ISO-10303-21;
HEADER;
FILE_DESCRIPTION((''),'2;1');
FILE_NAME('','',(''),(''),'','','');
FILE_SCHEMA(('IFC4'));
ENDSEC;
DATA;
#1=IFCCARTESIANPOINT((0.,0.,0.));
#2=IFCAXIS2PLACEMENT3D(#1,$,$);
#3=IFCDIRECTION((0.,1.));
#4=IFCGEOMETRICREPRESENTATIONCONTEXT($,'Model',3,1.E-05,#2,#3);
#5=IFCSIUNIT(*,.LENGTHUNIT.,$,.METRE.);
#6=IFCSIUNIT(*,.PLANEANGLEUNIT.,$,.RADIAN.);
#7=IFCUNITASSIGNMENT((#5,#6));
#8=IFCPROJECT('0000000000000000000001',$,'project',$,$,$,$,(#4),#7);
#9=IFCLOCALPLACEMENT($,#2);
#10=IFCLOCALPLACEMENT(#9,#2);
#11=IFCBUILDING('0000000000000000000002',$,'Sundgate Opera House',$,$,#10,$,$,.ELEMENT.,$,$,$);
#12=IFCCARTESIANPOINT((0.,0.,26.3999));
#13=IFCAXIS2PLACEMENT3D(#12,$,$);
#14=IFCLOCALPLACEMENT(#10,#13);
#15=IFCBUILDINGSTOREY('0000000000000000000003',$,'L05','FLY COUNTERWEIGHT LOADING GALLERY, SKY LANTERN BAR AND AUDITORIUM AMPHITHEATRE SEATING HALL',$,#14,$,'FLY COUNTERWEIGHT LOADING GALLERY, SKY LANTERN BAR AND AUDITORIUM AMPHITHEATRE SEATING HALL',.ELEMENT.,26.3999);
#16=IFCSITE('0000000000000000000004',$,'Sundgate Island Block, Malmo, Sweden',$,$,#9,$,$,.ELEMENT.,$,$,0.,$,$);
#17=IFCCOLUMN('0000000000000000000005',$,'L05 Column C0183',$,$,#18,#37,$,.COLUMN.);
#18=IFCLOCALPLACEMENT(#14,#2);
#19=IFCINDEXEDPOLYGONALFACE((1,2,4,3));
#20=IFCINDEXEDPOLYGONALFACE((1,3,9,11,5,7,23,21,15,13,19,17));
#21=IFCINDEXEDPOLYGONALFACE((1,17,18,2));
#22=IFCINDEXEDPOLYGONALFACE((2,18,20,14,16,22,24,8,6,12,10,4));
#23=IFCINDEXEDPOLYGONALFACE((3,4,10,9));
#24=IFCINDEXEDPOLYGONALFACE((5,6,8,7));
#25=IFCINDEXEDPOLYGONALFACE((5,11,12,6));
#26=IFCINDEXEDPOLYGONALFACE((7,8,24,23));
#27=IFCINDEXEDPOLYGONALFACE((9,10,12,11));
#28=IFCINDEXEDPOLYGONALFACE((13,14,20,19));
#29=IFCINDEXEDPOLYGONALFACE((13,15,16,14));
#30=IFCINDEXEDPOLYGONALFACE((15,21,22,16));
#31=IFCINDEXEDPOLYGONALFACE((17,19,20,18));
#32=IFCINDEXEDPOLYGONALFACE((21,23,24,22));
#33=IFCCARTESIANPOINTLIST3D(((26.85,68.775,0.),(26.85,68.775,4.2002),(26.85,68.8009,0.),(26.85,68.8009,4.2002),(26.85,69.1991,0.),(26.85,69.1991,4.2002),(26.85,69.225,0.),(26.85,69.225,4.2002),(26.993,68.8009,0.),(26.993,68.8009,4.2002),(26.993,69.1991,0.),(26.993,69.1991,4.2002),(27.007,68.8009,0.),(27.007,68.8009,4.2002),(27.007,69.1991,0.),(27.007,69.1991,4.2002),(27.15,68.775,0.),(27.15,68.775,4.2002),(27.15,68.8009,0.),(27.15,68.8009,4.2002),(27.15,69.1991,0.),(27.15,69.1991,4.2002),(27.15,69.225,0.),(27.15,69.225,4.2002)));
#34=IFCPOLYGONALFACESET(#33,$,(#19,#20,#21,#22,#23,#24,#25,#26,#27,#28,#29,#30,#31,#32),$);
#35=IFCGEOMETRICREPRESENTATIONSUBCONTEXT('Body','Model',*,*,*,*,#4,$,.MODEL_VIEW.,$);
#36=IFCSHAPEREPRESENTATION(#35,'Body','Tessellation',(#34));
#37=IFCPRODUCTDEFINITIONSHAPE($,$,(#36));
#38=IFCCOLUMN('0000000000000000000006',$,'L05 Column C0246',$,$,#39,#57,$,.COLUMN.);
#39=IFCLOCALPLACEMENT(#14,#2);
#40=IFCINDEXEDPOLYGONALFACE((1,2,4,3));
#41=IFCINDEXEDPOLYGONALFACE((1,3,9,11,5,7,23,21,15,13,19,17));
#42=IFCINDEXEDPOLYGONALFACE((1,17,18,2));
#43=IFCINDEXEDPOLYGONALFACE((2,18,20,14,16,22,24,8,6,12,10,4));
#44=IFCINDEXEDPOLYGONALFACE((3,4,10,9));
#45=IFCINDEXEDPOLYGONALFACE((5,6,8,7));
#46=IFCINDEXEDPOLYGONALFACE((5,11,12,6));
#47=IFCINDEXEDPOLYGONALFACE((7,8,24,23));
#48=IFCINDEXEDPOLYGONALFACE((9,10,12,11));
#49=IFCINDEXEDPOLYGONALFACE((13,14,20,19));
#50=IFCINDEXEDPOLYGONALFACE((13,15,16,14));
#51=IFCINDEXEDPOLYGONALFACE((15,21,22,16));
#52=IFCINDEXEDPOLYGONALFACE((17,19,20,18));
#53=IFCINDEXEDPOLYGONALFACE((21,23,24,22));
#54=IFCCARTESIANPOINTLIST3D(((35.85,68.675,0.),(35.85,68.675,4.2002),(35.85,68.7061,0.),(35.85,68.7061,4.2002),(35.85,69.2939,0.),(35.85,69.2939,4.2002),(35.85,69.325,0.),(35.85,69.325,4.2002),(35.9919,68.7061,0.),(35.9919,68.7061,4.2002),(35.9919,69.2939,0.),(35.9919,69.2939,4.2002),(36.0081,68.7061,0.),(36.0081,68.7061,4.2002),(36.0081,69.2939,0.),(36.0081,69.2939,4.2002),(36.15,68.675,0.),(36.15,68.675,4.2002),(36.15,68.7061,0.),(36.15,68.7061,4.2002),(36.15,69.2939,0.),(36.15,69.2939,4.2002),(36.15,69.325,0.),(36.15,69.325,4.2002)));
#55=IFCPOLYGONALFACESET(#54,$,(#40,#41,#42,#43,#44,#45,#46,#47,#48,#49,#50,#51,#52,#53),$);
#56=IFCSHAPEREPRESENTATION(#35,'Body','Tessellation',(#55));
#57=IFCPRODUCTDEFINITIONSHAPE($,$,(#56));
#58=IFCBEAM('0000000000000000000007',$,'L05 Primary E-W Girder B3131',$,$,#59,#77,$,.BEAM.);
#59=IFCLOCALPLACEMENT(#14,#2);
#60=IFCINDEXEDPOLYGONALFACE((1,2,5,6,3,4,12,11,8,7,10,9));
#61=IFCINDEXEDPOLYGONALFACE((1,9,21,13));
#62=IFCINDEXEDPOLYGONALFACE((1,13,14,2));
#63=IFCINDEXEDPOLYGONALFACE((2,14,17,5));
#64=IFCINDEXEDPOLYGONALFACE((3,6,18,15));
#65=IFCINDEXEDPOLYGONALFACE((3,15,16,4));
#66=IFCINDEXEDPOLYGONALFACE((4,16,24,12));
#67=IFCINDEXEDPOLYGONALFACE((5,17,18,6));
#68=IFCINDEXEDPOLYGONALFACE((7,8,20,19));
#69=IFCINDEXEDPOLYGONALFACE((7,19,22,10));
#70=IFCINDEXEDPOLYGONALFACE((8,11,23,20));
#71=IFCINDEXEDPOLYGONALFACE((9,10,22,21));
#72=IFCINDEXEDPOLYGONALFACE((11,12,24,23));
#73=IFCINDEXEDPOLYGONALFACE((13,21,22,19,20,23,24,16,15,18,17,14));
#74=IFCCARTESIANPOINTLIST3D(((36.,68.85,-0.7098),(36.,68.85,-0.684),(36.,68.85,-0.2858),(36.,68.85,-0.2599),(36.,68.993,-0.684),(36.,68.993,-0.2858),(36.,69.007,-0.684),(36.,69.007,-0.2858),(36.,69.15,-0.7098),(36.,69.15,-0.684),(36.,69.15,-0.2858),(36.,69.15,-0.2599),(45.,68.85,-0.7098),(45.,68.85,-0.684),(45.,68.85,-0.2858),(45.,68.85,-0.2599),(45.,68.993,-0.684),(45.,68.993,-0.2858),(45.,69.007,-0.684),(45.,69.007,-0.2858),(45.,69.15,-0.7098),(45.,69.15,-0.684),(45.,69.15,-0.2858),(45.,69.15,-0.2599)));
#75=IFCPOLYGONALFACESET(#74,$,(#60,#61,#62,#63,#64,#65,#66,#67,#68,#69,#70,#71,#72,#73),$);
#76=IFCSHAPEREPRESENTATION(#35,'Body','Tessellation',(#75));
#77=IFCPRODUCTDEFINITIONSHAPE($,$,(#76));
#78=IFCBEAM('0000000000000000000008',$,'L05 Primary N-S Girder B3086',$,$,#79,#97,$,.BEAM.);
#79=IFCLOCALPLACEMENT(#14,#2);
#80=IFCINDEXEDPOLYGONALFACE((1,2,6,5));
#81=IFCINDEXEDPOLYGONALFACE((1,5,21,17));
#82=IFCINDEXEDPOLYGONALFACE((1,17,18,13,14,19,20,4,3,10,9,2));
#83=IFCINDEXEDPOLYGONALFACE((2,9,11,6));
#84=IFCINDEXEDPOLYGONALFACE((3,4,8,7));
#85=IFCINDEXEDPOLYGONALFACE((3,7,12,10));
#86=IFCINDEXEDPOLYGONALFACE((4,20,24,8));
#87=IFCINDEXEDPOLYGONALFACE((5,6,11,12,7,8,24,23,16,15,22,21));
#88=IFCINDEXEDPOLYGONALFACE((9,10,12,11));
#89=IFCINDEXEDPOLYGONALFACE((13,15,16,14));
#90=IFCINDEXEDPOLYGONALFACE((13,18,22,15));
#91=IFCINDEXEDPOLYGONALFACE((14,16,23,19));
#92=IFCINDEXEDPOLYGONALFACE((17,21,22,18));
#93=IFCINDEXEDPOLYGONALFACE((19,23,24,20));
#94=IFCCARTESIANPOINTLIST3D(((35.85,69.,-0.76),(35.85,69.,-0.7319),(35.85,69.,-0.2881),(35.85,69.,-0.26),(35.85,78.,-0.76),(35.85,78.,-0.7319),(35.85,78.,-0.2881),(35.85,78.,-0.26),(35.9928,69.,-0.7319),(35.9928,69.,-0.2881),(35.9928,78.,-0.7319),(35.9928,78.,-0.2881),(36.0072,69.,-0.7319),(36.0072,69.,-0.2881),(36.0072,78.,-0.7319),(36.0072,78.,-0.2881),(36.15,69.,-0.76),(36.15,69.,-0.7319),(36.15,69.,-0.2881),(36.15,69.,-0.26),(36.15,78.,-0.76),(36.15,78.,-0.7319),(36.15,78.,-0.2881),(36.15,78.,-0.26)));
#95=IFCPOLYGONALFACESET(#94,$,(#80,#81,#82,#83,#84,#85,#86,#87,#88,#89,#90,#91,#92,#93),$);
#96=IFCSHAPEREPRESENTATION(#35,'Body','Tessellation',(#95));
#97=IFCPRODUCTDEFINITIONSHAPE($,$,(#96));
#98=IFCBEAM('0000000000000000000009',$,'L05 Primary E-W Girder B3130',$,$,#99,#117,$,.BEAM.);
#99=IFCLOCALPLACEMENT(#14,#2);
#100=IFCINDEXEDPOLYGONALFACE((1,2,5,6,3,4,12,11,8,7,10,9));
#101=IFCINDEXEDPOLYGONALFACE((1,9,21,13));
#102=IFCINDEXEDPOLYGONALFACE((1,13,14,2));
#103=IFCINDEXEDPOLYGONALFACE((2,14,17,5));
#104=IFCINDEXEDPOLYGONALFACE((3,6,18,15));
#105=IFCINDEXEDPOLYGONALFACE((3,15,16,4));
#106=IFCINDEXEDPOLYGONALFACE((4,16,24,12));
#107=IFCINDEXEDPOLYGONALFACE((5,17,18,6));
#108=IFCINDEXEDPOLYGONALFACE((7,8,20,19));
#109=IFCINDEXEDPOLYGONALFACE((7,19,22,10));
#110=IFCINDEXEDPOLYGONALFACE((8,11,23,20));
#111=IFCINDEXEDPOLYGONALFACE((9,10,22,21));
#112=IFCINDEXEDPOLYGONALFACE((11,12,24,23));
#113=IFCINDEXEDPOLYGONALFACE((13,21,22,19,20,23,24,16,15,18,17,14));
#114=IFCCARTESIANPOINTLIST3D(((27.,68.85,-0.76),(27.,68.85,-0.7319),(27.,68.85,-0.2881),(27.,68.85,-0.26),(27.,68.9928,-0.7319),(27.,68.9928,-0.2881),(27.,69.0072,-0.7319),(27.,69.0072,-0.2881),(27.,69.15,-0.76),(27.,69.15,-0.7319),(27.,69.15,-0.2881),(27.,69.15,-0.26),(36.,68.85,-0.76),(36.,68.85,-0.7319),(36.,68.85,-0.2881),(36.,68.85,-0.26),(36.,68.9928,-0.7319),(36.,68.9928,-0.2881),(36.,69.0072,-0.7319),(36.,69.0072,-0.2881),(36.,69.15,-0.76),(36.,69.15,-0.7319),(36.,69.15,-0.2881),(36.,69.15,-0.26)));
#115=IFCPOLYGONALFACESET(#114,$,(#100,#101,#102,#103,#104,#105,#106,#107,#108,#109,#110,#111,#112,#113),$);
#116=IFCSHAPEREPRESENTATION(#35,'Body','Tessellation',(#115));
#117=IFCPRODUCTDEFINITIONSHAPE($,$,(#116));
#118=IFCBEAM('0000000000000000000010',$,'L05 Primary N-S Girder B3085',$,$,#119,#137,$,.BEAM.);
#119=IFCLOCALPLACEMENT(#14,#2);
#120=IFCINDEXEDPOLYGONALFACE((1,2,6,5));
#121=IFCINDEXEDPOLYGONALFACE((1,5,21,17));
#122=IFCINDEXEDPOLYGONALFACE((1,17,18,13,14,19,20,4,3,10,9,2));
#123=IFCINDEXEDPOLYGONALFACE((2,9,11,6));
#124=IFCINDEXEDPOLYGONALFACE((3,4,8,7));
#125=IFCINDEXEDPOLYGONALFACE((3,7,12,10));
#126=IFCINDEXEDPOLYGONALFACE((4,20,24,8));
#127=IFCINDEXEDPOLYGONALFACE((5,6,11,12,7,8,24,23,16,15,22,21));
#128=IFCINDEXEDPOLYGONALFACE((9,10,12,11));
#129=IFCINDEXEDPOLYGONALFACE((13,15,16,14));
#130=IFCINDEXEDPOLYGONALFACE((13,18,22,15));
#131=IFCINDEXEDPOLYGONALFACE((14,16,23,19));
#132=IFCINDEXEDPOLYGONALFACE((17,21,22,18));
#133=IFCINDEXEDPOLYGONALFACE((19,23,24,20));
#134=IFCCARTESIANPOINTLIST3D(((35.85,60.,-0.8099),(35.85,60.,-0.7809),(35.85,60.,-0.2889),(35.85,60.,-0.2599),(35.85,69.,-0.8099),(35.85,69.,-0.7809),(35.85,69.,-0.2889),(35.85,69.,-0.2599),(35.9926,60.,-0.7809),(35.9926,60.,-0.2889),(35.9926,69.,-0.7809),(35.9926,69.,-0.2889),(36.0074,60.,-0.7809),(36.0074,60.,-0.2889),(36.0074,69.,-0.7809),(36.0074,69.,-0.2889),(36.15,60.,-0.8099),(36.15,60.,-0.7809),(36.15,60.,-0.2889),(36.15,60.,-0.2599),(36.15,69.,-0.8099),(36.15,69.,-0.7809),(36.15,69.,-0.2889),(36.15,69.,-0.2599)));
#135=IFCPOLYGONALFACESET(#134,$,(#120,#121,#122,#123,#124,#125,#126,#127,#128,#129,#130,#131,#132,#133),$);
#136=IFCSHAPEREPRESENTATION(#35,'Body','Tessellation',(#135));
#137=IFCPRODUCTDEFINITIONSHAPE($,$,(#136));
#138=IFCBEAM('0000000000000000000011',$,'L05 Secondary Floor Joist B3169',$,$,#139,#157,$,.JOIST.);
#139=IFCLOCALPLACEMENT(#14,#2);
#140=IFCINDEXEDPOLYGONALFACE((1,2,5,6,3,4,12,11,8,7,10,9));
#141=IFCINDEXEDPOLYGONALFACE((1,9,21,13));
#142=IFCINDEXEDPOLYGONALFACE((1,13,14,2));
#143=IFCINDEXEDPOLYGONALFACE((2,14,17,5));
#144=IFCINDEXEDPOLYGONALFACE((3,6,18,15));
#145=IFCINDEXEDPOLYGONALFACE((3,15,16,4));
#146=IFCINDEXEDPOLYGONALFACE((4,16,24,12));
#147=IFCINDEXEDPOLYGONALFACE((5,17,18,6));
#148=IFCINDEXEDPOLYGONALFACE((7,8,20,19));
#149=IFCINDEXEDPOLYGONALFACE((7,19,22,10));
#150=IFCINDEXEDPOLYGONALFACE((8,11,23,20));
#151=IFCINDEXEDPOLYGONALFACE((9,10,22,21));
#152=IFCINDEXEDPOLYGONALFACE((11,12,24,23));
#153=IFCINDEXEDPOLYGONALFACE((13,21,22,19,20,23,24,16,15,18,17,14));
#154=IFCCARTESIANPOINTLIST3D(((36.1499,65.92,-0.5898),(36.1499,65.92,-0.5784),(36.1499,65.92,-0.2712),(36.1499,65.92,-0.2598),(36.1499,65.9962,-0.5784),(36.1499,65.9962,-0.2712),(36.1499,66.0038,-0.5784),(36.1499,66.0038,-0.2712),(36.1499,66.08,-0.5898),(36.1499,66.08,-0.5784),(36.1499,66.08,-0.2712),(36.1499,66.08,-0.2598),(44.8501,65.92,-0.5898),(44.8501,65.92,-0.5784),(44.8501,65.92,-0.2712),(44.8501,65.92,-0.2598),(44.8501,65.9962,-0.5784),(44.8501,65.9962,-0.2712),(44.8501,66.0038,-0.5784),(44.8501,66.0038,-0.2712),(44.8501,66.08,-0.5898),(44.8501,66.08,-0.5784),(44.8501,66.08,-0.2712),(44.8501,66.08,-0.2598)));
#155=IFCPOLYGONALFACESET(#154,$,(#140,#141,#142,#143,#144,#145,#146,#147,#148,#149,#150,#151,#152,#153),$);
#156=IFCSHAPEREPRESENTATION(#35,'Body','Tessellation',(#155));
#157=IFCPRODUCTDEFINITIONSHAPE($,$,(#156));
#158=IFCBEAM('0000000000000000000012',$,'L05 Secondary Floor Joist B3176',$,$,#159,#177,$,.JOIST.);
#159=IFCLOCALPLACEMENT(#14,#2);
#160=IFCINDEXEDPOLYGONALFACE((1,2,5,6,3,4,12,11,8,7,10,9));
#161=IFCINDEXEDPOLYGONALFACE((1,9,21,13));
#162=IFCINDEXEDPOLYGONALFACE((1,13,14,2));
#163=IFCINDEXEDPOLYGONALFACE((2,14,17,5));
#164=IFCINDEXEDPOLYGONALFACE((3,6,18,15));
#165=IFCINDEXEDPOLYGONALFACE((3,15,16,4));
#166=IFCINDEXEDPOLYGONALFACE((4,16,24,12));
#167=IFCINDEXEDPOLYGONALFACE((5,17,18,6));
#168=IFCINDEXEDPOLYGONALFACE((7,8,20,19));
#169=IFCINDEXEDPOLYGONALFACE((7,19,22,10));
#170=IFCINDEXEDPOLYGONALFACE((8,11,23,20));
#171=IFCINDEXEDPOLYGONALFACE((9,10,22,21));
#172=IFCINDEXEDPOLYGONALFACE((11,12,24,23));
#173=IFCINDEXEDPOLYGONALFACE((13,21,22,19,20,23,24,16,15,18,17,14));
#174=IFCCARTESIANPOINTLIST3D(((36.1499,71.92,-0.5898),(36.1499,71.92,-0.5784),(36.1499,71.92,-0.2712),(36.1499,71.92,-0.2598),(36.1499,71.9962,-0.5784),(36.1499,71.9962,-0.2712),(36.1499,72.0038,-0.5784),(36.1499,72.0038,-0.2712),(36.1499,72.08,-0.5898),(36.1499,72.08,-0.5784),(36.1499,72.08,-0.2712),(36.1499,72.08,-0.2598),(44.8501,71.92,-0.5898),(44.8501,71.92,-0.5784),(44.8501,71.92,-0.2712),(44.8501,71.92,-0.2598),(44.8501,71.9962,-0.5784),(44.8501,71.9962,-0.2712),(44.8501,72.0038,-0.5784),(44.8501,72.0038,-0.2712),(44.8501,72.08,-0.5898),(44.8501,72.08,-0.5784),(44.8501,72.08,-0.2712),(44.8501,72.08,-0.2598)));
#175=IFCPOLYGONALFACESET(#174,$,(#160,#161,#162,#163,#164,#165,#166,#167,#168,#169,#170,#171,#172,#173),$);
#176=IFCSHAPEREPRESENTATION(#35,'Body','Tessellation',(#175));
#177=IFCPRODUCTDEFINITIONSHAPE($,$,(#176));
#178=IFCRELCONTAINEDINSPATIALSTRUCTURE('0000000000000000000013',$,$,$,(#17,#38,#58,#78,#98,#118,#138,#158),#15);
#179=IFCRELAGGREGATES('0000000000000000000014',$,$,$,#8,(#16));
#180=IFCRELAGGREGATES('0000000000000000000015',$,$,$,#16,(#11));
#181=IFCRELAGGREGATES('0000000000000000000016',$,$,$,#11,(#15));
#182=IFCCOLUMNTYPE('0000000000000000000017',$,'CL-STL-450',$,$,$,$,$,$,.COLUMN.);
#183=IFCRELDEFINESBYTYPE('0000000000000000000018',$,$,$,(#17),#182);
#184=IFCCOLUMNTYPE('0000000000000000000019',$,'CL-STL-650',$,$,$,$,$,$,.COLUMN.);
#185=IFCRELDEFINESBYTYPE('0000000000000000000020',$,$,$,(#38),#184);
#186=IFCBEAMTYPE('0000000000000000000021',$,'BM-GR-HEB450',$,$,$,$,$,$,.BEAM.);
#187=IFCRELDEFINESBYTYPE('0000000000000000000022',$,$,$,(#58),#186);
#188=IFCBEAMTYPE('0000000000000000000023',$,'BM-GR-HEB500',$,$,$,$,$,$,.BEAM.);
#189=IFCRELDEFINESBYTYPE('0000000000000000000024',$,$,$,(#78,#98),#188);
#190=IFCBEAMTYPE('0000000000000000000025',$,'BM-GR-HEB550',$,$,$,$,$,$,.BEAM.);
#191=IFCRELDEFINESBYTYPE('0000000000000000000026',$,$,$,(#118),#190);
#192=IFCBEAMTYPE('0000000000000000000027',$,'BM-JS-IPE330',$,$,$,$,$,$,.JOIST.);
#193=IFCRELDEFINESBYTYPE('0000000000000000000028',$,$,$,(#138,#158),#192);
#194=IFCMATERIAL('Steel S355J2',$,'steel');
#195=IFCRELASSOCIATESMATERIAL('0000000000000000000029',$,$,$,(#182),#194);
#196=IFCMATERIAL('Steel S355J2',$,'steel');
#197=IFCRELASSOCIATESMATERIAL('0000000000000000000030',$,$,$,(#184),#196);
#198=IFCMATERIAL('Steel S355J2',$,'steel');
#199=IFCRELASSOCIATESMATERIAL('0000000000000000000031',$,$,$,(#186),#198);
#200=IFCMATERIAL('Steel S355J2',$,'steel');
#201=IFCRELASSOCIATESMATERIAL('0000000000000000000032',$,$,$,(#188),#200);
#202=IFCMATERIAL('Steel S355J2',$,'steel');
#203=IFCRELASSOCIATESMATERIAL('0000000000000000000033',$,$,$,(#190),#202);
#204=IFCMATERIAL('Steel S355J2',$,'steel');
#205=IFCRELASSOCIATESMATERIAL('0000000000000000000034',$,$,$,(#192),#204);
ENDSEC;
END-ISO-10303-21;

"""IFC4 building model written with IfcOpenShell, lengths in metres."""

from ifc_helpers import new_model, si_unit, direction, frame, origin, origin_2d, place, context, subcontext, project, spatial, i_section, extrude, material, material_profile, profile_set, type_object, element, save


model = new_model("IFC4")

# Units and contexts
model_context = context("Model", 3, precision=1e-05, world=origin(), true_north=direction((0.0, 1.0)))
body_context = subcontext(model_context, "Body", "Model", "MODEL_VIEW")
ifc_project = project(units=[si_unit("LENGTHUNIT", "METRE"), si_unit("PLANEANGLEUNIT", "RADIAN")], contexts=[model_context])

# Site, building, storey
site_placement = place(None, origin())
site = spatial("IfcSite", under=ifc_project, at=site_placement, Name="Sundgate Island Block, Malmo, Sweden", CompositionType="ELEMENT", RefElevation=0.0)
building_placement = place(site_placement, origin())
building = spatial("IfcBuilding", under=site, at=building_placement, Name="Sundgate Opera House", CompositionType="ELEMENT")
storey_placement = place(building_placement, frame((0.0, 0.0, 26.3999)))
storey = spatial("IfcBuildingStorey", under=building, at=storey_placement, Name="L05", Description="FLY COUNTERWEIGHT LOADING GALLERY, SKY LANTERN BAR AND AUDITORIUM AMPHITHEATRE SEATING HALL", LongName="FLY COUNTERWEIGHT LOADING GALLERY, SKY LANTERN BAR AND AUDITORIUM AMPHITHEATRE SEATING HALL", CompositionType="ELEMENT", Elevation=26.3999)

# Columns
ifc_material_1 = material(Name="Steel S355J2", Category="steel")
ifc_material_profile_1 = material_profile(ifc_material_1, i_section(OverallWidth=0.3, OverallDepth=0.45, WebThickness=0.0139, FlangeThickness=0.0259, at=origin_2d()), Name="HEB 450")
ifc_profile_set_1 = profile_set([ifc_material_profile_1], Name="Steel S355J2")
column_type_1 = type_object("IfcColumnType", Name="CL-STL-450", PredefinedType="COLUMN", material=ifc_profile_set_1)
column_1_placement = place(storey_placement, frame((27.0, 69.0, 0.0), z_axis=(0.0, 0.0, 1.0), x_axis=(1.0, 0.0, 0.0)))
element("IfcColumn", 1, at=column_1_placement, inside=storey, type_object=column_type_1, Name="L05 Column C0183", PredefinedType="COLUMN", context=body_context, shape_type="SweptSolid", body=[
    extrude(i_section(OverallWidth=0.3, OverallDepth=0.45, WebThickness=0.0139, FlangeThickness=0.0259, at=origin_2d()), origin(), (0.0, 0.0, 1.0), 4.2002),
])
ifc_material_2 = material(Name="Steel S355J2", Category="steel")
ifc_material_profile_2 = material_profile(ifc_material_2, i_section(OverallWidth=0.3, OverallDepth=0.6499, WebThickness=0.0161, FlangeThickness=0.031, at=origin_2d()), Name="HEB 650")
ifc_profile_set_2 = profile_set([ifc_material_profile_2], Name="Steel S355J2")
column_type_2 = type_object("IfcColumnType", Name="CL-STL-650", PredefinedType="COLUMN", material=ifc_profile_set_2)
column_2_placement = place(storey_placement, frame((36.0, 69.0, 0.0), z_axis=(0.0, 0.0, 1.0), x_axis=(1.0, 0.0, 0.0)))
element("IfcColumn", 2, at=column_2_placement, inside=storey, type_object=column_type_2, Name="L05 Column C0246", PredefinedType="COLUMN", context=body_context, shape_type="SweptSolid", body=[
    extrude(i_section(OverallWidth=0.3, OverallDepth=0.6499, WebThickness=0.0161, FlangeThickness=0.031, at=origin_2d()), origin(), (0.0, 0.0, 1.0), 4.2002),
])

# Beams
ifc_material_3 = material(Name="Steel S355J2", Category="steel")
ifc_material_profile_3 = material_profile(ifc_material_3, i_section(OverallWidth=0.3, OverallDepth=0.45, WebThickness=0.0139, FlangeThickness=0.0259, at=origin_2d()), Name="HEB 450")
ifc_profile_set_3 = profile_set([ifc_material_profile_3], Name="Steel S355J2")
beam_type_1 = type_object("IfcBeamType", Name="BM-GR-HEB450", PredefinedType="BEAM", material=ifc_profile_set_3)
beam_1_placement = place(storey_placement, frame((36.0, 69.0, -0.4849), z_axis=(1.0, 0.0, 0.0), x_axis=(0.0, 1.0, 0.0)))
element("IfcBeam", 3, at=beam_1_placement, inside=storey, type_object=beam_type_1, Name="L05 Primary E-W Girder B3131", PredefinedType="BEAM", context=body_context, shape_type="SweptSolid", body=[
    extrude(i_section(OverallWidth=0.3, OverallDepth=0.45, WebThickness=0.0139, FlangeThickness=0.0259, at=origin_2d()), origin(), (0.0, 0.0, 1.0), 9.0),
])
ifc_material_4 = material(Name="Steel S355J2", Category="steel")
ifc_material_profile_4 = material_profile(ifc_material_4, i_section(OverallWidth=0.3, OverallDepth=0.5, WebThickness=0.0144, FlangeThickness=0.0281, at=origin_2d()), Name="HEB 500")
ifc_profile_set_4 = profile_set([ifc_material_profile_4], Name="Steel S355J2")
beam_type_2 = type_object("IfcBeamType", Name="BM-GR-HEB500", PredefinedType="BEAM", material=ifc_profile_set_4)
for number, where, z_axis, x_axis, name in (
    (4, (36.0, 69.0, -0.51), (0.0, 1.0, 0.0), (-1.0, 0.0, 0.0), "L05 Primary N-S Girder B3086"),
    (5, (27.0, 69.0, -0.51), (1.0, 0.0, 0.0), (0.0, 1.0, 0.0), "L05 Primary E-W Girder B3130"),
):
    element("IfcBeam", number, at=place(storey_placement, frame(where, z_axis=z_axis, x_axis=x_axis)), inside=storey, type_object=beam_type_2, Name=name, PredefinedType="BEAM", context=body_context, shape_type="SweptSolid", body=[
        extrude(i_section(OverallWidth=0.3, OverallDepth=0.5, WebThickness=0.0144, FlangeThickness=0.0281, at=origin_2d()), origin(), (0.0, 0.0, 1.0), 9.0),
    ])
ifc_material_5 = material(Name="Steel S355J2", Category="steel")
ifc_material_profile_5 = material_profile(ifc_material_5, i_section(OverallWidth=0.3, OverallDepth=0.55, WebThickness=0.0149, FlangeThickness=0.0291, at=origin_2d()), Name="HEB 550")
ifc_profile_set_5 = profile_set([ifc_material_profile_5], Name="Steel S355J2")
beam_type_3 = type_object("IfcBeamType", Name="BM-GR-HEB550", PredefinedType="BEAM", material=ifc_profile_set_5)
beam_2_placement = place(storey_placement, frame((36.0, 60.0, -0.5349), z_axis=(0.0, 1.0, 0.0), x_axis=(-1.0, 0.0, 0.0)))
element("IfcBeam", 6, at=beam_2_placement, inside=storey, type_object=beam_type_3, Name="L05 Primary N-S Girder B3085", PredefinedType="BEAM", context=body_context, shape_type="SweptSolid", body=[
    extrude(i_section(OverallWidth=0.3, OverallDepth=0.55, WebThickness=0.0149, FlangeThickness=0.0291, at=origin_2d()), origin(), (0.0, 0.0, 1.0), 9.0),
])
ifc_material_6 = material(Name="Steel S355J2", Category="steel")
ifc_material_profile_6 = material_profile(ifc_material_6, i_section(OverallWidth=0.1599, OverallDepth=0.3301, WebThickness=0.0076, FlangeThickness=0.0115, at=origin_2d()), Name="IPE 330")
ifc_profile_set_6 = profile_set([ifc_material_profile_6], Name="Steel S355J2")
beam_type_4 = type_object("IfcBeamType", Name="BM-JS-IPE330", PredefinedType="JOIST", material=ifc_profile_set_6)
for number, where, z_axis, x_axis, name in (
    (7, (36.1499, 66.0, -0.4248), (1.0, 0.0, 0.0), (0.0, 1.0, 0.0), "L05 Secondary Floor Joist B3169"),
    (8, (36.1499, 72.0, -0.4248), (1.0, 0.0, 0.0), (0.0, 1.0, 0.0), "L05 Secondary Floor Joist B3176"),
):
    element("IfcBeam", number, at=place(storey_placement, frame(where, z_axis=z_axis, x_axis=x_axis)), inside=storey, type_object=beam_type_4, Name=name, PredefinedType="JOIST", context=body_context, shape_type="SweptSolid", body=[
        extrude(i_section(OverallWidth=0.1599, OverallDepth=0.3301, WebThickness=0.0076, FlangeThickness=0.0115, at=origin_2d()), origin(), (0.0, 0.0, 1.0), 8.7002),
    ])

save(model, "model.ifc")
